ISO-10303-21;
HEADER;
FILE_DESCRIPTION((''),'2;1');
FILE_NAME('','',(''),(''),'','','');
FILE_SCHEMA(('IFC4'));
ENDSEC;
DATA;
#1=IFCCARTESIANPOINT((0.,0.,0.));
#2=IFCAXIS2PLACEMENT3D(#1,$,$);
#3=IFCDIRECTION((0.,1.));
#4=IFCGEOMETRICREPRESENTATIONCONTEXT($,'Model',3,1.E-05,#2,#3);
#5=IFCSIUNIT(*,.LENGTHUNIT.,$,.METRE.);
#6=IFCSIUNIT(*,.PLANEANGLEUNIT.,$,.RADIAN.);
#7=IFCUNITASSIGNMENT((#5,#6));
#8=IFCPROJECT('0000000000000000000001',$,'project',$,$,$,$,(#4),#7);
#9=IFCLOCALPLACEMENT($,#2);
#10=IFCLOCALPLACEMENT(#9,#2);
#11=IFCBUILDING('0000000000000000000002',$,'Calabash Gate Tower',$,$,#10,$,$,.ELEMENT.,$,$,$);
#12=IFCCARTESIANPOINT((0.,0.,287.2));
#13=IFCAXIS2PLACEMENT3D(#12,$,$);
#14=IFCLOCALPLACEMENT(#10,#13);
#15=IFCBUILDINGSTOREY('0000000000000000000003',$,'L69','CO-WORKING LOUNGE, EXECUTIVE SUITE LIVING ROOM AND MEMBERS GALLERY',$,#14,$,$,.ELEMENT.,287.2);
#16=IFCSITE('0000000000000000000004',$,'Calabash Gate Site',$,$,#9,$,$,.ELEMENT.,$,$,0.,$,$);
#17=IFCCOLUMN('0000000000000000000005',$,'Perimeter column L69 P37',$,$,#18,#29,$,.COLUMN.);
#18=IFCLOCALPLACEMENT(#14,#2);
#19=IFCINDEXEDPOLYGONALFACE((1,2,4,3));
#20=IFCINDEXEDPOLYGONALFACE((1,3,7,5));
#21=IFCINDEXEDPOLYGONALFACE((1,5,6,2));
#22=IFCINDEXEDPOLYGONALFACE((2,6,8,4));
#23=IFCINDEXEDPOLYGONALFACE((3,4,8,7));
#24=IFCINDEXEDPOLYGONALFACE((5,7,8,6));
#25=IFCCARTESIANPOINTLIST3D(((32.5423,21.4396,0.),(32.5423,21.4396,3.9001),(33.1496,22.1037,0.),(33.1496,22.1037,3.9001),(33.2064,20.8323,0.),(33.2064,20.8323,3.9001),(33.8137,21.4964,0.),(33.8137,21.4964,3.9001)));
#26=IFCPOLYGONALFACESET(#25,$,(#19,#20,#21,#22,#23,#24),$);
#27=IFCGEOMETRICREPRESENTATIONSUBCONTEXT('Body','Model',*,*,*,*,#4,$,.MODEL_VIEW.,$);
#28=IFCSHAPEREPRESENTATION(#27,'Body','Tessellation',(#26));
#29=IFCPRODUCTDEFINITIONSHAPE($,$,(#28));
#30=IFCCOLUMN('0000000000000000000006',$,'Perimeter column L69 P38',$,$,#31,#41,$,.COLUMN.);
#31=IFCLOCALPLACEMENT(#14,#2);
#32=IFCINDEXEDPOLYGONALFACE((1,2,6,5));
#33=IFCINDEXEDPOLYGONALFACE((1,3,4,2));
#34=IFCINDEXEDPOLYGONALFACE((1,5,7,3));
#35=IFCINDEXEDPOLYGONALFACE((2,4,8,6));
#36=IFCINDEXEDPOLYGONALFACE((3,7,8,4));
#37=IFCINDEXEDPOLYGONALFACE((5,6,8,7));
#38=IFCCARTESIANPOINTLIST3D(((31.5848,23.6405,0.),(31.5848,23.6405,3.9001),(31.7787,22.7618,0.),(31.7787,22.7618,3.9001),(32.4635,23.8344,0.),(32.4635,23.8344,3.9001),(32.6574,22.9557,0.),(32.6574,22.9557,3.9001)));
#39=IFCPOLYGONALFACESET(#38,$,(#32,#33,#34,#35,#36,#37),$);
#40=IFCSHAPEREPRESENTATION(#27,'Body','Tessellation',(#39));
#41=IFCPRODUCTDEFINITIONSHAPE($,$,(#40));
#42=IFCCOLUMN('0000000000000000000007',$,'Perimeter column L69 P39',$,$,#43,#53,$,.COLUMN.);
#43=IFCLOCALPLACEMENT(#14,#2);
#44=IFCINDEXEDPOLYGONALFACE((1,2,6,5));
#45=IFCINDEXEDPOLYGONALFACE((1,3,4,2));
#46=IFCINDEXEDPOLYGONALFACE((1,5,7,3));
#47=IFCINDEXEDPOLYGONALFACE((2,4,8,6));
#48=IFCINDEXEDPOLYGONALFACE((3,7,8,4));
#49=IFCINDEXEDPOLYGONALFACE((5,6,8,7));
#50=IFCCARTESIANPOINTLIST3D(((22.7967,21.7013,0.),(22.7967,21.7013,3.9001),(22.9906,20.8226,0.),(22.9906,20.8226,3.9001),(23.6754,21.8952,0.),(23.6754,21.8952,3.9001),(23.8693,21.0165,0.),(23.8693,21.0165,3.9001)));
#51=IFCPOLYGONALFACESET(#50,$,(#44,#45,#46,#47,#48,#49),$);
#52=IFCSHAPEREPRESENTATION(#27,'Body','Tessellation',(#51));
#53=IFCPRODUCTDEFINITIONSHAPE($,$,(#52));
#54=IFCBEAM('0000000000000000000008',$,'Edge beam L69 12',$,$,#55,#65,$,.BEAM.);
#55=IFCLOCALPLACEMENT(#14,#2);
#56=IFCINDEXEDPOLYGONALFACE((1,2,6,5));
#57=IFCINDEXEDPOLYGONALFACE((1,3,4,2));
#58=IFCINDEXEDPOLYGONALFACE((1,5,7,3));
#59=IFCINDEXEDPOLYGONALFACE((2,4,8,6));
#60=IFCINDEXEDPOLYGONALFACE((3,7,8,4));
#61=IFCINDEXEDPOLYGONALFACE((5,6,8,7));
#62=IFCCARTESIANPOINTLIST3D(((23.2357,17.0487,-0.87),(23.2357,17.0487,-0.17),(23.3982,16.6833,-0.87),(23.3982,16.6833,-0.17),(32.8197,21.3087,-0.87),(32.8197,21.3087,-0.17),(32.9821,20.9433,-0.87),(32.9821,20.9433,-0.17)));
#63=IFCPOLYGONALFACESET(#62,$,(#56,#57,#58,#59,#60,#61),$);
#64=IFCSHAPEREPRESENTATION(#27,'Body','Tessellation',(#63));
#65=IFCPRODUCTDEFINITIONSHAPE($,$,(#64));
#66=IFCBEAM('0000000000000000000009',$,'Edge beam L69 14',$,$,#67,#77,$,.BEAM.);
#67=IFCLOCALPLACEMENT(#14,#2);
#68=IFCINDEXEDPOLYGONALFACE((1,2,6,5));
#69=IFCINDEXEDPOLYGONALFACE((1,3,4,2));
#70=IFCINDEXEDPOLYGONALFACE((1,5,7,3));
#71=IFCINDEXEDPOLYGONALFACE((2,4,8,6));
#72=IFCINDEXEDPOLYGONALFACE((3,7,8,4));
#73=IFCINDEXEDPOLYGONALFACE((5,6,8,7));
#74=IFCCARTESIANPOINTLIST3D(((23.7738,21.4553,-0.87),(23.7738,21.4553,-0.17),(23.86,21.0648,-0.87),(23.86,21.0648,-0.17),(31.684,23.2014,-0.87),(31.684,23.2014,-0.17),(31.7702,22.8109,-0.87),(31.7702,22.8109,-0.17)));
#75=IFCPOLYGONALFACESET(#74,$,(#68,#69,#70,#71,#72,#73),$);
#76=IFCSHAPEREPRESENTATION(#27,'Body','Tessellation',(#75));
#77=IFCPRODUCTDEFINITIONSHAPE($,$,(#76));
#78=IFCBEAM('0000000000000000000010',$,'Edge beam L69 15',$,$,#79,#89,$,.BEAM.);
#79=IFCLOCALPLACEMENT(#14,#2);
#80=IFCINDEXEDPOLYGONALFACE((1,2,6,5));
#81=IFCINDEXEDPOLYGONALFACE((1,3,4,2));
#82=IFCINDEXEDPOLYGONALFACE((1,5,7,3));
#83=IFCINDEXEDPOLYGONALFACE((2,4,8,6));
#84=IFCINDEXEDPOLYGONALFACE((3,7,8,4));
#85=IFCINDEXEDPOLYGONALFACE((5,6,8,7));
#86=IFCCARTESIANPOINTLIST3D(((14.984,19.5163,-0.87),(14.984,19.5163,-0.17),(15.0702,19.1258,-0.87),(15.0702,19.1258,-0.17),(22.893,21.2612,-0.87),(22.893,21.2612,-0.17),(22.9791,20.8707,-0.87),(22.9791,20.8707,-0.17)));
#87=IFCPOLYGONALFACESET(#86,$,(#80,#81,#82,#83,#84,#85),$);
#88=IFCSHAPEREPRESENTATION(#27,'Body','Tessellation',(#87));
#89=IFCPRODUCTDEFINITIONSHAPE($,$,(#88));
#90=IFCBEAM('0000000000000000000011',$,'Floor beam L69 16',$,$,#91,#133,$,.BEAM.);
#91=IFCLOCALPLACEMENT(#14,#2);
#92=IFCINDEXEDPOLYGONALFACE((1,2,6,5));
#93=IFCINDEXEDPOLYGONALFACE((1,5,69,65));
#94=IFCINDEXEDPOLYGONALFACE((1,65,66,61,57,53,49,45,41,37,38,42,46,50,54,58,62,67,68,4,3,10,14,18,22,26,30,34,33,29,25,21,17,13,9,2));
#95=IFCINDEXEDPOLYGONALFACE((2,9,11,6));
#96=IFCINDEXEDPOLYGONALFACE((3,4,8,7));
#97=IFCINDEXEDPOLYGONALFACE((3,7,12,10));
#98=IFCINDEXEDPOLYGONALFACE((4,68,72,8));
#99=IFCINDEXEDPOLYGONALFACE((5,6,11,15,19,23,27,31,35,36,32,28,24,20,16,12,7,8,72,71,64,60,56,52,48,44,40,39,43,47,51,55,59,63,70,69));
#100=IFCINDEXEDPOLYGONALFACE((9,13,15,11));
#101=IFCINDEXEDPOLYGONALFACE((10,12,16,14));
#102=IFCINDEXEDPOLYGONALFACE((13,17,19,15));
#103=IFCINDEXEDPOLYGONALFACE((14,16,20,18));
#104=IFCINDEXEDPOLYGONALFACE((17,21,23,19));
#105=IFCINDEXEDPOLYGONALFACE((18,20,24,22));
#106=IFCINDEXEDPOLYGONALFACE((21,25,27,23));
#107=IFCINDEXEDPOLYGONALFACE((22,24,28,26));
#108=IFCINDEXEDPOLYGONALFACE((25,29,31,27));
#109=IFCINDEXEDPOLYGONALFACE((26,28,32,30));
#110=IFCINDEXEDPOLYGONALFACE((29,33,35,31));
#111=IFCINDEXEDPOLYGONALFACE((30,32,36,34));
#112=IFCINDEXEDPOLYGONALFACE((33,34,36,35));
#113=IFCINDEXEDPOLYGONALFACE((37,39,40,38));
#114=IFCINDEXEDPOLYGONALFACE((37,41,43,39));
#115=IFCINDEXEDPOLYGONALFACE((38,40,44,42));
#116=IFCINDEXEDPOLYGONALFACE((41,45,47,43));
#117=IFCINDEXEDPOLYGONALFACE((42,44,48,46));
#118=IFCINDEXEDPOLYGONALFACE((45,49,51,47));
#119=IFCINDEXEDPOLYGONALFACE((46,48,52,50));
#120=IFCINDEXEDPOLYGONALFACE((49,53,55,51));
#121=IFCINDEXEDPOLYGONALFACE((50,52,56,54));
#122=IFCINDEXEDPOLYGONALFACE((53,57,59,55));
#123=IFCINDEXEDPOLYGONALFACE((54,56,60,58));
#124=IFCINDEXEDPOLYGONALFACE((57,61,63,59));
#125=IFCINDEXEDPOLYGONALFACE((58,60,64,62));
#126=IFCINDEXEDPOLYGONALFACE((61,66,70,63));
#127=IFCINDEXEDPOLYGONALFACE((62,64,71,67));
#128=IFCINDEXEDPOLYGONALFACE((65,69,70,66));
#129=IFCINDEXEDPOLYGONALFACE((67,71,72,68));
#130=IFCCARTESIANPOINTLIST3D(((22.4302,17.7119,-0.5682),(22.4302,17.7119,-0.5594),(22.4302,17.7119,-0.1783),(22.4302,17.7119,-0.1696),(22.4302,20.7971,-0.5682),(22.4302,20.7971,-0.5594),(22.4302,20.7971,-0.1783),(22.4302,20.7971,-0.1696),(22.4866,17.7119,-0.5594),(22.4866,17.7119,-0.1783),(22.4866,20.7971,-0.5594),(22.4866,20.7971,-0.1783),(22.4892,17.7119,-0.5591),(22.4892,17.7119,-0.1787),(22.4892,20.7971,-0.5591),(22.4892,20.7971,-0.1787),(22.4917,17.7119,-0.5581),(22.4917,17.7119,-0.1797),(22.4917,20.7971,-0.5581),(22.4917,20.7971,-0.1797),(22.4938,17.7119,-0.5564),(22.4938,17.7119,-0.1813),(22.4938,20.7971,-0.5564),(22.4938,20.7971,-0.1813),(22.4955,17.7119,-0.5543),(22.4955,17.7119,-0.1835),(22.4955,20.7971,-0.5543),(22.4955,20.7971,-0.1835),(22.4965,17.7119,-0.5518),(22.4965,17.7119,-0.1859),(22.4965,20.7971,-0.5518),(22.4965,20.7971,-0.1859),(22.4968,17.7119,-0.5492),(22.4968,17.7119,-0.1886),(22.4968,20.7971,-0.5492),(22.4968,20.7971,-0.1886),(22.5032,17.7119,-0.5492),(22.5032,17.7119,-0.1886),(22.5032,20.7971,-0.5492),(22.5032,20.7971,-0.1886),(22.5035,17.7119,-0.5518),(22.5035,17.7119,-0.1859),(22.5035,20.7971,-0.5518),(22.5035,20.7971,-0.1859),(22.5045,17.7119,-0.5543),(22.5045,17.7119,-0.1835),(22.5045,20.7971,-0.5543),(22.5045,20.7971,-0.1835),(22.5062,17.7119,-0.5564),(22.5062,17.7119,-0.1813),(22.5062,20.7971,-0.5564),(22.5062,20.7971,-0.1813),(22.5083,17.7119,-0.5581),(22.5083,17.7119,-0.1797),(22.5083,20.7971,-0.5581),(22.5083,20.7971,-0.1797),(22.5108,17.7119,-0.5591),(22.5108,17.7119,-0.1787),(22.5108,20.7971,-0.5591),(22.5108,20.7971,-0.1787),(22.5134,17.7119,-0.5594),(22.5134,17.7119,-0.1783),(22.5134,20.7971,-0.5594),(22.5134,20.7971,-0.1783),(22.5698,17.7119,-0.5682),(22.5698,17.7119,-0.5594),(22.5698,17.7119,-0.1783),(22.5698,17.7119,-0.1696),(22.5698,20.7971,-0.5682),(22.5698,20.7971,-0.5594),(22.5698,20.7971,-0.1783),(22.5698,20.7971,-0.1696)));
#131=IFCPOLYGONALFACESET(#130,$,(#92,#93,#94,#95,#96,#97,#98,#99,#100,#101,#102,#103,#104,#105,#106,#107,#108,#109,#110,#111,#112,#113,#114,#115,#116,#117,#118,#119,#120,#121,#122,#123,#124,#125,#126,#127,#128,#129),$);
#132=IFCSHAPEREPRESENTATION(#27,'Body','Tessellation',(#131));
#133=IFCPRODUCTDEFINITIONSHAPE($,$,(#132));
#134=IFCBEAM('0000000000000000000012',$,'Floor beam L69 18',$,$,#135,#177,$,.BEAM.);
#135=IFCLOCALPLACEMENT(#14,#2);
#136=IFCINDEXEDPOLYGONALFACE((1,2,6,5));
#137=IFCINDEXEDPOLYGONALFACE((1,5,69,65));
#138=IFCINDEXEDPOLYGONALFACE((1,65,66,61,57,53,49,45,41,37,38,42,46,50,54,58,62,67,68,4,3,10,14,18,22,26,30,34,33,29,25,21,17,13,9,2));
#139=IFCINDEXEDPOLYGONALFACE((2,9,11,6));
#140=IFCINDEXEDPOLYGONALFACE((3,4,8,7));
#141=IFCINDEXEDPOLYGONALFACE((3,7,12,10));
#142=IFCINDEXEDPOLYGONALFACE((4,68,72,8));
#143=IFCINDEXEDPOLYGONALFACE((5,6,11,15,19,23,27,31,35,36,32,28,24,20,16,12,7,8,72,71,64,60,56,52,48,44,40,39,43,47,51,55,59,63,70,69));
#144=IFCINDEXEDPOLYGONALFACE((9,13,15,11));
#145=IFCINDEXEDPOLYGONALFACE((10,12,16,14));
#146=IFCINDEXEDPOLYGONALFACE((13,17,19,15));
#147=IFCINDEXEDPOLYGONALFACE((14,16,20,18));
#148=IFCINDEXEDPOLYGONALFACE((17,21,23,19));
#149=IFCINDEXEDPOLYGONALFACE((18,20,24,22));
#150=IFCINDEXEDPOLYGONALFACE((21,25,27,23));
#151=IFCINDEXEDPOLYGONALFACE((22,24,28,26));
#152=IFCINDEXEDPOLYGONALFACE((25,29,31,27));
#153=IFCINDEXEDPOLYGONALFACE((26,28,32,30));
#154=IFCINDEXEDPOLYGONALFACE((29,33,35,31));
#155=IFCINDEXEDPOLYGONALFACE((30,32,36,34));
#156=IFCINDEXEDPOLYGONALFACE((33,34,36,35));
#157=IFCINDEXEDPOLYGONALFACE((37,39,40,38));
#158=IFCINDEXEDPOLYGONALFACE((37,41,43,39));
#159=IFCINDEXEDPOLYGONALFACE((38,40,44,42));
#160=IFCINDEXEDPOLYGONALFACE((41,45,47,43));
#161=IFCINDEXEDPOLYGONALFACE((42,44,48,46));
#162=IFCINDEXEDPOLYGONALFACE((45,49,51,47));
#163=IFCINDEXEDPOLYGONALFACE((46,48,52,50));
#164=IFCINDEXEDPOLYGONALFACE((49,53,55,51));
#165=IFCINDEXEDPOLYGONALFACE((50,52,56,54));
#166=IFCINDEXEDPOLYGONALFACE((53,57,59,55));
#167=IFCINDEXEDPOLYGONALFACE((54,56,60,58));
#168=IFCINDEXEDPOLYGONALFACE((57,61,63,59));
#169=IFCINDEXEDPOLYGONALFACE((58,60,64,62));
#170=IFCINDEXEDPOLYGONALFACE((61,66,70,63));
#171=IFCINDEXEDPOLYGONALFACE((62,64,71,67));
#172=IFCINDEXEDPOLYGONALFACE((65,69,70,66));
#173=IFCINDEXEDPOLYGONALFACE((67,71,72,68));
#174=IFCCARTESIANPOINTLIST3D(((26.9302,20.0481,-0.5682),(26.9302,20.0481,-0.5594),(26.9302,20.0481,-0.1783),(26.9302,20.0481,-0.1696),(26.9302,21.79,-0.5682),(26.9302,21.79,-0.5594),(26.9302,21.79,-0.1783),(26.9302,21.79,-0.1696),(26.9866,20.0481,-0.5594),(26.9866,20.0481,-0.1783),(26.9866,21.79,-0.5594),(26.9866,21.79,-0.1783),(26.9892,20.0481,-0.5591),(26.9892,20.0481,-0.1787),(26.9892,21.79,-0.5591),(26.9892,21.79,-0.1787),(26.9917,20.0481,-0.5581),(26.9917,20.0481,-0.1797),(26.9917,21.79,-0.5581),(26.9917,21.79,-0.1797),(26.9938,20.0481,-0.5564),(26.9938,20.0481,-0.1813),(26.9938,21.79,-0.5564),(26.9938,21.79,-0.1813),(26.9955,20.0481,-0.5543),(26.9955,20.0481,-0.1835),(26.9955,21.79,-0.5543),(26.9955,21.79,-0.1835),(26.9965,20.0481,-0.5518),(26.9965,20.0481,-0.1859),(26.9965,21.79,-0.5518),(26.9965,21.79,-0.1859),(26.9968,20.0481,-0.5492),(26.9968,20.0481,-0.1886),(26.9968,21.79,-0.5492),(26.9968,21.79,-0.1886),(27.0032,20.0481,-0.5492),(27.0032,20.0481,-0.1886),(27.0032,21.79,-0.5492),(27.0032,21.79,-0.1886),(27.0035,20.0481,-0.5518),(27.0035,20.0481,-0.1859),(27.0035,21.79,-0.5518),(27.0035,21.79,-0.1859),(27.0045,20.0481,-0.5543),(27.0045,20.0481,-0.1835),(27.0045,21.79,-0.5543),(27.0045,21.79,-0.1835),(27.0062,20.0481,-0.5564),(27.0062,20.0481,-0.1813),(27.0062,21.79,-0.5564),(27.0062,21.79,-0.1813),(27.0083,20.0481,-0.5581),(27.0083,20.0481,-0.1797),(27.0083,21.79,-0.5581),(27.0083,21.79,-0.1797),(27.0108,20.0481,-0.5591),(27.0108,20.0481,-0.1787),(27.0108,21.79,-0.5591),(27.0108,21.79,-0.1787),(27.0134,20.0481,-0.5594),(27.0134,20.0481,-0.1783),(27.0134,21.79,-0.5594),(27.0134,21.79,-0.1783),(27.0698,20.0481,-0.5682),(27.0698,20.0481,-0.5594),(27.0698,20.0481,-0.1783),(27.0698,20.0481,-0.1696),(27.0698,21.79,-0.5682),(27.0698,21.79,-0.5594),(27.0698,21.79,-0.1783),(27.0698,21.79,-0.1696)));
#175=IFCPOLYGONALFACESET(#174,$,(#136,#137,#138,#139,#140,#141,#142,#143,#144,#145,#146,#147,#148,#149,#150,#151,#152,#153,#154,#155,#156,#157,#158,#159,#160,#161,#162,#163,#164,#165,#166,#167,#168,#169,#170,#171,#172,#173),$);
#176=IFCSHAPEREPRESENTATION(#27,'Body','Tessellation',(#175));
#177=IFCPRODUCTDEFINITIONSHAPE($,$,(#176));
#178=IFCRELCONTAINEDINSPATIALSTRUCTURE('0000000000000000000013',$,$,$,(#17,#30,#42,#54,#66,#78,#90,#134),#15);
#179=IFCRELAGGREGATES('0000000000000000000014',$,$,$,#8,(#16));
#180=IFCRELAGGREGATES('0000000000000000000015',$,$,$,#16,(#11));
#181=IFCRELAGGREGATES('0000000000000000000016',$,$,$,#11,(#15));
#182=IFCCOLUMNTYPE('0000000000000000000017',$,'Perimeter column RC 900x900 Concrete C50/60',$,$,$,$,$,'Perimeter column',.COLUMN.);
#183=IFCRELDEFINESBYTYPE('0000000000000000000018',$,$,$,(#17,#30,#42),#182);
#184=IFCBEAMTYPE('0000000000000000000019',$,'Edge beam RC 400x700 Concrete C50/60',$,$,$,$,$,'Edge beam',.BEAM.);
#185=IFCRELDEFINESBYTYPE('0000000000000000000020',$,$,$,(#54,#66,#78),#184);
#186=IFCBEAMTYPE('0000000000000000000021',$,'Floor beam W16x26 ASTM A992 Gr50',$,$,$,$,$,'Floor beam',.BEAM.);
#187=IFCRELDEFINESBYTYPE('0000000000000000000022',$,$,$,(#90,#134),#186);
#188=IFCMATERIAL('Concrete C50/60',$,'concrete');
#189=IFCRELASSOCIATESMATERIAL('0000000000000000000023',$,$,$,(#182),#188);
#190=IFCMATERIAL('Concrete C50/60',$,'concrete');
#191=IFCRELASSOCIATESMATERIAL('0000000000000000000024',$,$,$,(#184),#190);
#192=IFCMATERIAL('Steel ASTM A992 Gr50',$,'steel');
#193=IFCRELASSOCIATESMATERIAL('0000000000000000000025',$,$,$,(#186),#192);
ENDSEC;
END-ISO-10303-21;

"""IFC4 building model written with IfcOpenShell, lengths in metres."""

from ifc_helpers import new_model, si_unit, direction, frame, origin, origin_2d, place, context, subcontext, project, spatial, rectangle, i_section, extrude, material, material_profile, profile_set, type_object, element, save


model = new_model("IFC4")

# Units and contexts
model_context = context("Model", 3, precision=1e-05, world=origin(), true_north=direction((0.0, 1.0)))
body_context = subcontext(model_context, "Body", "Model", "MODEL_VIEW")
ifc_project = project(units=[si_unit("LENGTHUNIT", "METRE"), si_unit("PLANEANGLEUNIT", "RADIAN")], contexts=[model_context])

# Site, building, storey
site_placement = place(None, origin())
site = spatial("IfcSite", under=ifc_project, at=site_placement, Name="Calabash Gate Site", CompositionType="ELEMENT", RefElevation=0.0)
building_placement = place(site_placement, origin())
building = spatial("IfcBuilding", under=site, at=building_placement, Name="Calabash Gate Tower", CompositionType="ELEMENT")
storey_placement = place(building_placement, frame((0.0, 0.0, 287.2)))
storey = spatial("IfcBuildingStorey", under=building, at=storey_placement, Name="L69", Description="CO-WORKING LOUNGE, EXECUTIVE SUITE LIVING ROOM AND MEMBERS GALLERY", CompositionType="ELEMENT", Elevation=287.2)

# Columns
ifc_material_1 = material(Name="Concrete C50/60", Category="concrete")
ifc_material_profile_1 = material_profile(ifc_material_1, rectangle(XDim=0.8999, YDim=0.8999, at=origin_2d()))
ifc_profile_set_1 = profile_set([ifc_material_profile_1], Name="Concrete C50/60")
column_type = type_object("IfcColumnType", Name="Perimeter column RC 900x900 Concrete C50/60", ElementType="Perimeter column", PredefinedType="COLUMN", material=ifc_profile_set_1)
for number, where, z_axis, x_axis, name in (
    (1, (33.178, 21.468, 0.0), (0.0, 0.0, 1.0), (0.674856, 0.737949, 0.0), "Perimeter column L69 P37"),
    (2, (32.1211, 23.2981, 0.0), (0.0, 0.0, 1.0), (-0.976511, -0.215468, 0.0), "Perimeter column L69 P38"),
    (3, (23.333, 21.3589, 0.0), (0.0, 0.0, 1.0), (-0.976511, -0.215468, 0.0), "Perimeter column L69 P39"),
):
    element("IfcColumn", number, at=place(storey_placement, frame(where, z_axis=z_axis, x_axis=x_axis)), inside=storey, type_object=column_type, Name=name, PredefinedType="COLUMN", context=body_context, shape_type="SweptSolid", body=[
        extrude(rectangle(XDim=0.8999, YDim=0.8999, at=origin_2d()), origin(), (0.0, 0.0, 1.0), 3.9001),
    ])

# Beams
ifc_material_2 = material(Name="Concrete C50/60", Category="concrete")
ifc_material_profile_2 = material_profile(ifc_material_2, rectangle(XDim=0.3999, YDim=0.7, at=origin_2d()))
ifc_profile_set_2 = profile_set([ifc_material_profile_2], Name="Concrete C50/60")
beam_type_1 = type_object("IfcBeamType", Name="Edge beam RC 400x700 Concrete C50/60", ElementType="Edge beam", PredefinedType="BEAM", material=ifc_profile_set_2)
beam_1_placement = place(storey_placement, frame((32.9009, 21.126, -0.52), z_axis=(-0.913795, -0.406175, 0.0), x_axis=(0.406175, -0.913795, 0.0)))
element("IfcBeam", 4, at=beam_1_placement, inside=storey, type_object=beam_type_1, Name="Edge beam L69 12", PredefinedType="BEAM", context=body_context, shape_type="SweptSolid", body=[
    extrude(rectangle(XDim=0.3999, YDim=0.7, at=origin_2d()), origin(), (0.0, 0.0, 1.0), 10.488),
])
beam_2_placement = place(storey_placement, frame((31.7271, 23.0061, -0.52), z_axis=(-0.976492, -0.215552, 0.0), x_axis=(0.215552, -0.976492, 0.0)))
element("IfcBeam", 5, at=beam_2_placement, inside=storey, type_object=beam_type_1, Name="Edge beam L69 14", PredefinedType="BEAM", context=body_context, shape_type="SweptSolid", body=[
    extrude(rectangle(XDim=0.3999, YDim=0.7, at=origin_2d()), origin(), (0.0, 0.0, 1.0), 8.1006),
])
beam_3_placement = place(storey_placement, frame((22.936, 21.0659, -0.52), z_axis=(-0.976517, -0.21544, 0.0), x_axis=(0.21544, -0.976517, 0.0)))
element("IfcBeam", 6, at=beam_3_placement, inside=storey, type_object=beam_type_1, Name="Edge beam L69 15", PredefinedType="BEAM", context=body_context, shape_type="SweptSolid", body=[
    extrude(rectangle(XDim=0.3999, YDim=0.7, at=origin_2d()), origin(), (0.0, 0.0, 1.0), 8.0991),
])
ifc_material_3 = material(Name="Steel ASTM A992 Gr50", Category="steel")
ifc_material_profile_3 = material_profile(ifc_material_3, i_section(OverallWidth=0.1396, OverallDepth=0.3987, WebThickness=0.0063, FlangeThickness=0.0088, FilletRadius=0.0103, at=origin_2d()))
ifc_profile_set_3 = profile_set([ifc_material_profile_3], Name="Steel ASTM A992 Gr50")
beam_type_2 = type_object("IfcBeamType", Name="Floor beam W16x26 ASTM A992 Gr50", ElementType="Floor beam", PredefinedType="BEAM", material=ifc_profile_set_3)
beam_4_placement = place(storey_placement, frame((22.5, 17.7119, -0.3689), z_axis=(0.0, 1.0, 0.0), x_axis=(-1.0, 0.0, 0.0)))
element("IfcBeam", 7, at=beam_4_placement, inside=storey, type_object=beam_type_2, Name="Floor beam L69 16", PredefinedType="BEAM", context=body_context, shape_type="SweptSolid", body=[
    extrude(i_section(OverallWidth=0.1396, OverallDepth=0.3987, WebThickness=0.0063, FlangeThickness=0.0088, FilletRadius=0.0103, at=origin_2d()), origin(), (0.0, 0.0, 1.0), 3.0852),
])
beam_5_placement = place(storey_placement, frame((27.0, 20.0481, -0.3689), z_axis=(0.0, 1.0, 0.0), x_axis=(-1.0, 0.0, 0.0)))
element("IfcBeam", 8, at=beam_5_placement, inside=storey, type_object=beam_type_2, Name="Floor beam L69 18", PredefinedType="BEAM", context=body_context, shape_type="SweptSolid", body=[
    extrude(i_section(OverallWidth=0.1396, OverallDepth=0.3987, WebThickness=0.0063, FlangeThickness=0.0088, FilletRadius=0.0103, at=origin_2d()), origin(), (0.0, 0.0, 1.0), 1.7419),
])

save(model, "model.ifc")
